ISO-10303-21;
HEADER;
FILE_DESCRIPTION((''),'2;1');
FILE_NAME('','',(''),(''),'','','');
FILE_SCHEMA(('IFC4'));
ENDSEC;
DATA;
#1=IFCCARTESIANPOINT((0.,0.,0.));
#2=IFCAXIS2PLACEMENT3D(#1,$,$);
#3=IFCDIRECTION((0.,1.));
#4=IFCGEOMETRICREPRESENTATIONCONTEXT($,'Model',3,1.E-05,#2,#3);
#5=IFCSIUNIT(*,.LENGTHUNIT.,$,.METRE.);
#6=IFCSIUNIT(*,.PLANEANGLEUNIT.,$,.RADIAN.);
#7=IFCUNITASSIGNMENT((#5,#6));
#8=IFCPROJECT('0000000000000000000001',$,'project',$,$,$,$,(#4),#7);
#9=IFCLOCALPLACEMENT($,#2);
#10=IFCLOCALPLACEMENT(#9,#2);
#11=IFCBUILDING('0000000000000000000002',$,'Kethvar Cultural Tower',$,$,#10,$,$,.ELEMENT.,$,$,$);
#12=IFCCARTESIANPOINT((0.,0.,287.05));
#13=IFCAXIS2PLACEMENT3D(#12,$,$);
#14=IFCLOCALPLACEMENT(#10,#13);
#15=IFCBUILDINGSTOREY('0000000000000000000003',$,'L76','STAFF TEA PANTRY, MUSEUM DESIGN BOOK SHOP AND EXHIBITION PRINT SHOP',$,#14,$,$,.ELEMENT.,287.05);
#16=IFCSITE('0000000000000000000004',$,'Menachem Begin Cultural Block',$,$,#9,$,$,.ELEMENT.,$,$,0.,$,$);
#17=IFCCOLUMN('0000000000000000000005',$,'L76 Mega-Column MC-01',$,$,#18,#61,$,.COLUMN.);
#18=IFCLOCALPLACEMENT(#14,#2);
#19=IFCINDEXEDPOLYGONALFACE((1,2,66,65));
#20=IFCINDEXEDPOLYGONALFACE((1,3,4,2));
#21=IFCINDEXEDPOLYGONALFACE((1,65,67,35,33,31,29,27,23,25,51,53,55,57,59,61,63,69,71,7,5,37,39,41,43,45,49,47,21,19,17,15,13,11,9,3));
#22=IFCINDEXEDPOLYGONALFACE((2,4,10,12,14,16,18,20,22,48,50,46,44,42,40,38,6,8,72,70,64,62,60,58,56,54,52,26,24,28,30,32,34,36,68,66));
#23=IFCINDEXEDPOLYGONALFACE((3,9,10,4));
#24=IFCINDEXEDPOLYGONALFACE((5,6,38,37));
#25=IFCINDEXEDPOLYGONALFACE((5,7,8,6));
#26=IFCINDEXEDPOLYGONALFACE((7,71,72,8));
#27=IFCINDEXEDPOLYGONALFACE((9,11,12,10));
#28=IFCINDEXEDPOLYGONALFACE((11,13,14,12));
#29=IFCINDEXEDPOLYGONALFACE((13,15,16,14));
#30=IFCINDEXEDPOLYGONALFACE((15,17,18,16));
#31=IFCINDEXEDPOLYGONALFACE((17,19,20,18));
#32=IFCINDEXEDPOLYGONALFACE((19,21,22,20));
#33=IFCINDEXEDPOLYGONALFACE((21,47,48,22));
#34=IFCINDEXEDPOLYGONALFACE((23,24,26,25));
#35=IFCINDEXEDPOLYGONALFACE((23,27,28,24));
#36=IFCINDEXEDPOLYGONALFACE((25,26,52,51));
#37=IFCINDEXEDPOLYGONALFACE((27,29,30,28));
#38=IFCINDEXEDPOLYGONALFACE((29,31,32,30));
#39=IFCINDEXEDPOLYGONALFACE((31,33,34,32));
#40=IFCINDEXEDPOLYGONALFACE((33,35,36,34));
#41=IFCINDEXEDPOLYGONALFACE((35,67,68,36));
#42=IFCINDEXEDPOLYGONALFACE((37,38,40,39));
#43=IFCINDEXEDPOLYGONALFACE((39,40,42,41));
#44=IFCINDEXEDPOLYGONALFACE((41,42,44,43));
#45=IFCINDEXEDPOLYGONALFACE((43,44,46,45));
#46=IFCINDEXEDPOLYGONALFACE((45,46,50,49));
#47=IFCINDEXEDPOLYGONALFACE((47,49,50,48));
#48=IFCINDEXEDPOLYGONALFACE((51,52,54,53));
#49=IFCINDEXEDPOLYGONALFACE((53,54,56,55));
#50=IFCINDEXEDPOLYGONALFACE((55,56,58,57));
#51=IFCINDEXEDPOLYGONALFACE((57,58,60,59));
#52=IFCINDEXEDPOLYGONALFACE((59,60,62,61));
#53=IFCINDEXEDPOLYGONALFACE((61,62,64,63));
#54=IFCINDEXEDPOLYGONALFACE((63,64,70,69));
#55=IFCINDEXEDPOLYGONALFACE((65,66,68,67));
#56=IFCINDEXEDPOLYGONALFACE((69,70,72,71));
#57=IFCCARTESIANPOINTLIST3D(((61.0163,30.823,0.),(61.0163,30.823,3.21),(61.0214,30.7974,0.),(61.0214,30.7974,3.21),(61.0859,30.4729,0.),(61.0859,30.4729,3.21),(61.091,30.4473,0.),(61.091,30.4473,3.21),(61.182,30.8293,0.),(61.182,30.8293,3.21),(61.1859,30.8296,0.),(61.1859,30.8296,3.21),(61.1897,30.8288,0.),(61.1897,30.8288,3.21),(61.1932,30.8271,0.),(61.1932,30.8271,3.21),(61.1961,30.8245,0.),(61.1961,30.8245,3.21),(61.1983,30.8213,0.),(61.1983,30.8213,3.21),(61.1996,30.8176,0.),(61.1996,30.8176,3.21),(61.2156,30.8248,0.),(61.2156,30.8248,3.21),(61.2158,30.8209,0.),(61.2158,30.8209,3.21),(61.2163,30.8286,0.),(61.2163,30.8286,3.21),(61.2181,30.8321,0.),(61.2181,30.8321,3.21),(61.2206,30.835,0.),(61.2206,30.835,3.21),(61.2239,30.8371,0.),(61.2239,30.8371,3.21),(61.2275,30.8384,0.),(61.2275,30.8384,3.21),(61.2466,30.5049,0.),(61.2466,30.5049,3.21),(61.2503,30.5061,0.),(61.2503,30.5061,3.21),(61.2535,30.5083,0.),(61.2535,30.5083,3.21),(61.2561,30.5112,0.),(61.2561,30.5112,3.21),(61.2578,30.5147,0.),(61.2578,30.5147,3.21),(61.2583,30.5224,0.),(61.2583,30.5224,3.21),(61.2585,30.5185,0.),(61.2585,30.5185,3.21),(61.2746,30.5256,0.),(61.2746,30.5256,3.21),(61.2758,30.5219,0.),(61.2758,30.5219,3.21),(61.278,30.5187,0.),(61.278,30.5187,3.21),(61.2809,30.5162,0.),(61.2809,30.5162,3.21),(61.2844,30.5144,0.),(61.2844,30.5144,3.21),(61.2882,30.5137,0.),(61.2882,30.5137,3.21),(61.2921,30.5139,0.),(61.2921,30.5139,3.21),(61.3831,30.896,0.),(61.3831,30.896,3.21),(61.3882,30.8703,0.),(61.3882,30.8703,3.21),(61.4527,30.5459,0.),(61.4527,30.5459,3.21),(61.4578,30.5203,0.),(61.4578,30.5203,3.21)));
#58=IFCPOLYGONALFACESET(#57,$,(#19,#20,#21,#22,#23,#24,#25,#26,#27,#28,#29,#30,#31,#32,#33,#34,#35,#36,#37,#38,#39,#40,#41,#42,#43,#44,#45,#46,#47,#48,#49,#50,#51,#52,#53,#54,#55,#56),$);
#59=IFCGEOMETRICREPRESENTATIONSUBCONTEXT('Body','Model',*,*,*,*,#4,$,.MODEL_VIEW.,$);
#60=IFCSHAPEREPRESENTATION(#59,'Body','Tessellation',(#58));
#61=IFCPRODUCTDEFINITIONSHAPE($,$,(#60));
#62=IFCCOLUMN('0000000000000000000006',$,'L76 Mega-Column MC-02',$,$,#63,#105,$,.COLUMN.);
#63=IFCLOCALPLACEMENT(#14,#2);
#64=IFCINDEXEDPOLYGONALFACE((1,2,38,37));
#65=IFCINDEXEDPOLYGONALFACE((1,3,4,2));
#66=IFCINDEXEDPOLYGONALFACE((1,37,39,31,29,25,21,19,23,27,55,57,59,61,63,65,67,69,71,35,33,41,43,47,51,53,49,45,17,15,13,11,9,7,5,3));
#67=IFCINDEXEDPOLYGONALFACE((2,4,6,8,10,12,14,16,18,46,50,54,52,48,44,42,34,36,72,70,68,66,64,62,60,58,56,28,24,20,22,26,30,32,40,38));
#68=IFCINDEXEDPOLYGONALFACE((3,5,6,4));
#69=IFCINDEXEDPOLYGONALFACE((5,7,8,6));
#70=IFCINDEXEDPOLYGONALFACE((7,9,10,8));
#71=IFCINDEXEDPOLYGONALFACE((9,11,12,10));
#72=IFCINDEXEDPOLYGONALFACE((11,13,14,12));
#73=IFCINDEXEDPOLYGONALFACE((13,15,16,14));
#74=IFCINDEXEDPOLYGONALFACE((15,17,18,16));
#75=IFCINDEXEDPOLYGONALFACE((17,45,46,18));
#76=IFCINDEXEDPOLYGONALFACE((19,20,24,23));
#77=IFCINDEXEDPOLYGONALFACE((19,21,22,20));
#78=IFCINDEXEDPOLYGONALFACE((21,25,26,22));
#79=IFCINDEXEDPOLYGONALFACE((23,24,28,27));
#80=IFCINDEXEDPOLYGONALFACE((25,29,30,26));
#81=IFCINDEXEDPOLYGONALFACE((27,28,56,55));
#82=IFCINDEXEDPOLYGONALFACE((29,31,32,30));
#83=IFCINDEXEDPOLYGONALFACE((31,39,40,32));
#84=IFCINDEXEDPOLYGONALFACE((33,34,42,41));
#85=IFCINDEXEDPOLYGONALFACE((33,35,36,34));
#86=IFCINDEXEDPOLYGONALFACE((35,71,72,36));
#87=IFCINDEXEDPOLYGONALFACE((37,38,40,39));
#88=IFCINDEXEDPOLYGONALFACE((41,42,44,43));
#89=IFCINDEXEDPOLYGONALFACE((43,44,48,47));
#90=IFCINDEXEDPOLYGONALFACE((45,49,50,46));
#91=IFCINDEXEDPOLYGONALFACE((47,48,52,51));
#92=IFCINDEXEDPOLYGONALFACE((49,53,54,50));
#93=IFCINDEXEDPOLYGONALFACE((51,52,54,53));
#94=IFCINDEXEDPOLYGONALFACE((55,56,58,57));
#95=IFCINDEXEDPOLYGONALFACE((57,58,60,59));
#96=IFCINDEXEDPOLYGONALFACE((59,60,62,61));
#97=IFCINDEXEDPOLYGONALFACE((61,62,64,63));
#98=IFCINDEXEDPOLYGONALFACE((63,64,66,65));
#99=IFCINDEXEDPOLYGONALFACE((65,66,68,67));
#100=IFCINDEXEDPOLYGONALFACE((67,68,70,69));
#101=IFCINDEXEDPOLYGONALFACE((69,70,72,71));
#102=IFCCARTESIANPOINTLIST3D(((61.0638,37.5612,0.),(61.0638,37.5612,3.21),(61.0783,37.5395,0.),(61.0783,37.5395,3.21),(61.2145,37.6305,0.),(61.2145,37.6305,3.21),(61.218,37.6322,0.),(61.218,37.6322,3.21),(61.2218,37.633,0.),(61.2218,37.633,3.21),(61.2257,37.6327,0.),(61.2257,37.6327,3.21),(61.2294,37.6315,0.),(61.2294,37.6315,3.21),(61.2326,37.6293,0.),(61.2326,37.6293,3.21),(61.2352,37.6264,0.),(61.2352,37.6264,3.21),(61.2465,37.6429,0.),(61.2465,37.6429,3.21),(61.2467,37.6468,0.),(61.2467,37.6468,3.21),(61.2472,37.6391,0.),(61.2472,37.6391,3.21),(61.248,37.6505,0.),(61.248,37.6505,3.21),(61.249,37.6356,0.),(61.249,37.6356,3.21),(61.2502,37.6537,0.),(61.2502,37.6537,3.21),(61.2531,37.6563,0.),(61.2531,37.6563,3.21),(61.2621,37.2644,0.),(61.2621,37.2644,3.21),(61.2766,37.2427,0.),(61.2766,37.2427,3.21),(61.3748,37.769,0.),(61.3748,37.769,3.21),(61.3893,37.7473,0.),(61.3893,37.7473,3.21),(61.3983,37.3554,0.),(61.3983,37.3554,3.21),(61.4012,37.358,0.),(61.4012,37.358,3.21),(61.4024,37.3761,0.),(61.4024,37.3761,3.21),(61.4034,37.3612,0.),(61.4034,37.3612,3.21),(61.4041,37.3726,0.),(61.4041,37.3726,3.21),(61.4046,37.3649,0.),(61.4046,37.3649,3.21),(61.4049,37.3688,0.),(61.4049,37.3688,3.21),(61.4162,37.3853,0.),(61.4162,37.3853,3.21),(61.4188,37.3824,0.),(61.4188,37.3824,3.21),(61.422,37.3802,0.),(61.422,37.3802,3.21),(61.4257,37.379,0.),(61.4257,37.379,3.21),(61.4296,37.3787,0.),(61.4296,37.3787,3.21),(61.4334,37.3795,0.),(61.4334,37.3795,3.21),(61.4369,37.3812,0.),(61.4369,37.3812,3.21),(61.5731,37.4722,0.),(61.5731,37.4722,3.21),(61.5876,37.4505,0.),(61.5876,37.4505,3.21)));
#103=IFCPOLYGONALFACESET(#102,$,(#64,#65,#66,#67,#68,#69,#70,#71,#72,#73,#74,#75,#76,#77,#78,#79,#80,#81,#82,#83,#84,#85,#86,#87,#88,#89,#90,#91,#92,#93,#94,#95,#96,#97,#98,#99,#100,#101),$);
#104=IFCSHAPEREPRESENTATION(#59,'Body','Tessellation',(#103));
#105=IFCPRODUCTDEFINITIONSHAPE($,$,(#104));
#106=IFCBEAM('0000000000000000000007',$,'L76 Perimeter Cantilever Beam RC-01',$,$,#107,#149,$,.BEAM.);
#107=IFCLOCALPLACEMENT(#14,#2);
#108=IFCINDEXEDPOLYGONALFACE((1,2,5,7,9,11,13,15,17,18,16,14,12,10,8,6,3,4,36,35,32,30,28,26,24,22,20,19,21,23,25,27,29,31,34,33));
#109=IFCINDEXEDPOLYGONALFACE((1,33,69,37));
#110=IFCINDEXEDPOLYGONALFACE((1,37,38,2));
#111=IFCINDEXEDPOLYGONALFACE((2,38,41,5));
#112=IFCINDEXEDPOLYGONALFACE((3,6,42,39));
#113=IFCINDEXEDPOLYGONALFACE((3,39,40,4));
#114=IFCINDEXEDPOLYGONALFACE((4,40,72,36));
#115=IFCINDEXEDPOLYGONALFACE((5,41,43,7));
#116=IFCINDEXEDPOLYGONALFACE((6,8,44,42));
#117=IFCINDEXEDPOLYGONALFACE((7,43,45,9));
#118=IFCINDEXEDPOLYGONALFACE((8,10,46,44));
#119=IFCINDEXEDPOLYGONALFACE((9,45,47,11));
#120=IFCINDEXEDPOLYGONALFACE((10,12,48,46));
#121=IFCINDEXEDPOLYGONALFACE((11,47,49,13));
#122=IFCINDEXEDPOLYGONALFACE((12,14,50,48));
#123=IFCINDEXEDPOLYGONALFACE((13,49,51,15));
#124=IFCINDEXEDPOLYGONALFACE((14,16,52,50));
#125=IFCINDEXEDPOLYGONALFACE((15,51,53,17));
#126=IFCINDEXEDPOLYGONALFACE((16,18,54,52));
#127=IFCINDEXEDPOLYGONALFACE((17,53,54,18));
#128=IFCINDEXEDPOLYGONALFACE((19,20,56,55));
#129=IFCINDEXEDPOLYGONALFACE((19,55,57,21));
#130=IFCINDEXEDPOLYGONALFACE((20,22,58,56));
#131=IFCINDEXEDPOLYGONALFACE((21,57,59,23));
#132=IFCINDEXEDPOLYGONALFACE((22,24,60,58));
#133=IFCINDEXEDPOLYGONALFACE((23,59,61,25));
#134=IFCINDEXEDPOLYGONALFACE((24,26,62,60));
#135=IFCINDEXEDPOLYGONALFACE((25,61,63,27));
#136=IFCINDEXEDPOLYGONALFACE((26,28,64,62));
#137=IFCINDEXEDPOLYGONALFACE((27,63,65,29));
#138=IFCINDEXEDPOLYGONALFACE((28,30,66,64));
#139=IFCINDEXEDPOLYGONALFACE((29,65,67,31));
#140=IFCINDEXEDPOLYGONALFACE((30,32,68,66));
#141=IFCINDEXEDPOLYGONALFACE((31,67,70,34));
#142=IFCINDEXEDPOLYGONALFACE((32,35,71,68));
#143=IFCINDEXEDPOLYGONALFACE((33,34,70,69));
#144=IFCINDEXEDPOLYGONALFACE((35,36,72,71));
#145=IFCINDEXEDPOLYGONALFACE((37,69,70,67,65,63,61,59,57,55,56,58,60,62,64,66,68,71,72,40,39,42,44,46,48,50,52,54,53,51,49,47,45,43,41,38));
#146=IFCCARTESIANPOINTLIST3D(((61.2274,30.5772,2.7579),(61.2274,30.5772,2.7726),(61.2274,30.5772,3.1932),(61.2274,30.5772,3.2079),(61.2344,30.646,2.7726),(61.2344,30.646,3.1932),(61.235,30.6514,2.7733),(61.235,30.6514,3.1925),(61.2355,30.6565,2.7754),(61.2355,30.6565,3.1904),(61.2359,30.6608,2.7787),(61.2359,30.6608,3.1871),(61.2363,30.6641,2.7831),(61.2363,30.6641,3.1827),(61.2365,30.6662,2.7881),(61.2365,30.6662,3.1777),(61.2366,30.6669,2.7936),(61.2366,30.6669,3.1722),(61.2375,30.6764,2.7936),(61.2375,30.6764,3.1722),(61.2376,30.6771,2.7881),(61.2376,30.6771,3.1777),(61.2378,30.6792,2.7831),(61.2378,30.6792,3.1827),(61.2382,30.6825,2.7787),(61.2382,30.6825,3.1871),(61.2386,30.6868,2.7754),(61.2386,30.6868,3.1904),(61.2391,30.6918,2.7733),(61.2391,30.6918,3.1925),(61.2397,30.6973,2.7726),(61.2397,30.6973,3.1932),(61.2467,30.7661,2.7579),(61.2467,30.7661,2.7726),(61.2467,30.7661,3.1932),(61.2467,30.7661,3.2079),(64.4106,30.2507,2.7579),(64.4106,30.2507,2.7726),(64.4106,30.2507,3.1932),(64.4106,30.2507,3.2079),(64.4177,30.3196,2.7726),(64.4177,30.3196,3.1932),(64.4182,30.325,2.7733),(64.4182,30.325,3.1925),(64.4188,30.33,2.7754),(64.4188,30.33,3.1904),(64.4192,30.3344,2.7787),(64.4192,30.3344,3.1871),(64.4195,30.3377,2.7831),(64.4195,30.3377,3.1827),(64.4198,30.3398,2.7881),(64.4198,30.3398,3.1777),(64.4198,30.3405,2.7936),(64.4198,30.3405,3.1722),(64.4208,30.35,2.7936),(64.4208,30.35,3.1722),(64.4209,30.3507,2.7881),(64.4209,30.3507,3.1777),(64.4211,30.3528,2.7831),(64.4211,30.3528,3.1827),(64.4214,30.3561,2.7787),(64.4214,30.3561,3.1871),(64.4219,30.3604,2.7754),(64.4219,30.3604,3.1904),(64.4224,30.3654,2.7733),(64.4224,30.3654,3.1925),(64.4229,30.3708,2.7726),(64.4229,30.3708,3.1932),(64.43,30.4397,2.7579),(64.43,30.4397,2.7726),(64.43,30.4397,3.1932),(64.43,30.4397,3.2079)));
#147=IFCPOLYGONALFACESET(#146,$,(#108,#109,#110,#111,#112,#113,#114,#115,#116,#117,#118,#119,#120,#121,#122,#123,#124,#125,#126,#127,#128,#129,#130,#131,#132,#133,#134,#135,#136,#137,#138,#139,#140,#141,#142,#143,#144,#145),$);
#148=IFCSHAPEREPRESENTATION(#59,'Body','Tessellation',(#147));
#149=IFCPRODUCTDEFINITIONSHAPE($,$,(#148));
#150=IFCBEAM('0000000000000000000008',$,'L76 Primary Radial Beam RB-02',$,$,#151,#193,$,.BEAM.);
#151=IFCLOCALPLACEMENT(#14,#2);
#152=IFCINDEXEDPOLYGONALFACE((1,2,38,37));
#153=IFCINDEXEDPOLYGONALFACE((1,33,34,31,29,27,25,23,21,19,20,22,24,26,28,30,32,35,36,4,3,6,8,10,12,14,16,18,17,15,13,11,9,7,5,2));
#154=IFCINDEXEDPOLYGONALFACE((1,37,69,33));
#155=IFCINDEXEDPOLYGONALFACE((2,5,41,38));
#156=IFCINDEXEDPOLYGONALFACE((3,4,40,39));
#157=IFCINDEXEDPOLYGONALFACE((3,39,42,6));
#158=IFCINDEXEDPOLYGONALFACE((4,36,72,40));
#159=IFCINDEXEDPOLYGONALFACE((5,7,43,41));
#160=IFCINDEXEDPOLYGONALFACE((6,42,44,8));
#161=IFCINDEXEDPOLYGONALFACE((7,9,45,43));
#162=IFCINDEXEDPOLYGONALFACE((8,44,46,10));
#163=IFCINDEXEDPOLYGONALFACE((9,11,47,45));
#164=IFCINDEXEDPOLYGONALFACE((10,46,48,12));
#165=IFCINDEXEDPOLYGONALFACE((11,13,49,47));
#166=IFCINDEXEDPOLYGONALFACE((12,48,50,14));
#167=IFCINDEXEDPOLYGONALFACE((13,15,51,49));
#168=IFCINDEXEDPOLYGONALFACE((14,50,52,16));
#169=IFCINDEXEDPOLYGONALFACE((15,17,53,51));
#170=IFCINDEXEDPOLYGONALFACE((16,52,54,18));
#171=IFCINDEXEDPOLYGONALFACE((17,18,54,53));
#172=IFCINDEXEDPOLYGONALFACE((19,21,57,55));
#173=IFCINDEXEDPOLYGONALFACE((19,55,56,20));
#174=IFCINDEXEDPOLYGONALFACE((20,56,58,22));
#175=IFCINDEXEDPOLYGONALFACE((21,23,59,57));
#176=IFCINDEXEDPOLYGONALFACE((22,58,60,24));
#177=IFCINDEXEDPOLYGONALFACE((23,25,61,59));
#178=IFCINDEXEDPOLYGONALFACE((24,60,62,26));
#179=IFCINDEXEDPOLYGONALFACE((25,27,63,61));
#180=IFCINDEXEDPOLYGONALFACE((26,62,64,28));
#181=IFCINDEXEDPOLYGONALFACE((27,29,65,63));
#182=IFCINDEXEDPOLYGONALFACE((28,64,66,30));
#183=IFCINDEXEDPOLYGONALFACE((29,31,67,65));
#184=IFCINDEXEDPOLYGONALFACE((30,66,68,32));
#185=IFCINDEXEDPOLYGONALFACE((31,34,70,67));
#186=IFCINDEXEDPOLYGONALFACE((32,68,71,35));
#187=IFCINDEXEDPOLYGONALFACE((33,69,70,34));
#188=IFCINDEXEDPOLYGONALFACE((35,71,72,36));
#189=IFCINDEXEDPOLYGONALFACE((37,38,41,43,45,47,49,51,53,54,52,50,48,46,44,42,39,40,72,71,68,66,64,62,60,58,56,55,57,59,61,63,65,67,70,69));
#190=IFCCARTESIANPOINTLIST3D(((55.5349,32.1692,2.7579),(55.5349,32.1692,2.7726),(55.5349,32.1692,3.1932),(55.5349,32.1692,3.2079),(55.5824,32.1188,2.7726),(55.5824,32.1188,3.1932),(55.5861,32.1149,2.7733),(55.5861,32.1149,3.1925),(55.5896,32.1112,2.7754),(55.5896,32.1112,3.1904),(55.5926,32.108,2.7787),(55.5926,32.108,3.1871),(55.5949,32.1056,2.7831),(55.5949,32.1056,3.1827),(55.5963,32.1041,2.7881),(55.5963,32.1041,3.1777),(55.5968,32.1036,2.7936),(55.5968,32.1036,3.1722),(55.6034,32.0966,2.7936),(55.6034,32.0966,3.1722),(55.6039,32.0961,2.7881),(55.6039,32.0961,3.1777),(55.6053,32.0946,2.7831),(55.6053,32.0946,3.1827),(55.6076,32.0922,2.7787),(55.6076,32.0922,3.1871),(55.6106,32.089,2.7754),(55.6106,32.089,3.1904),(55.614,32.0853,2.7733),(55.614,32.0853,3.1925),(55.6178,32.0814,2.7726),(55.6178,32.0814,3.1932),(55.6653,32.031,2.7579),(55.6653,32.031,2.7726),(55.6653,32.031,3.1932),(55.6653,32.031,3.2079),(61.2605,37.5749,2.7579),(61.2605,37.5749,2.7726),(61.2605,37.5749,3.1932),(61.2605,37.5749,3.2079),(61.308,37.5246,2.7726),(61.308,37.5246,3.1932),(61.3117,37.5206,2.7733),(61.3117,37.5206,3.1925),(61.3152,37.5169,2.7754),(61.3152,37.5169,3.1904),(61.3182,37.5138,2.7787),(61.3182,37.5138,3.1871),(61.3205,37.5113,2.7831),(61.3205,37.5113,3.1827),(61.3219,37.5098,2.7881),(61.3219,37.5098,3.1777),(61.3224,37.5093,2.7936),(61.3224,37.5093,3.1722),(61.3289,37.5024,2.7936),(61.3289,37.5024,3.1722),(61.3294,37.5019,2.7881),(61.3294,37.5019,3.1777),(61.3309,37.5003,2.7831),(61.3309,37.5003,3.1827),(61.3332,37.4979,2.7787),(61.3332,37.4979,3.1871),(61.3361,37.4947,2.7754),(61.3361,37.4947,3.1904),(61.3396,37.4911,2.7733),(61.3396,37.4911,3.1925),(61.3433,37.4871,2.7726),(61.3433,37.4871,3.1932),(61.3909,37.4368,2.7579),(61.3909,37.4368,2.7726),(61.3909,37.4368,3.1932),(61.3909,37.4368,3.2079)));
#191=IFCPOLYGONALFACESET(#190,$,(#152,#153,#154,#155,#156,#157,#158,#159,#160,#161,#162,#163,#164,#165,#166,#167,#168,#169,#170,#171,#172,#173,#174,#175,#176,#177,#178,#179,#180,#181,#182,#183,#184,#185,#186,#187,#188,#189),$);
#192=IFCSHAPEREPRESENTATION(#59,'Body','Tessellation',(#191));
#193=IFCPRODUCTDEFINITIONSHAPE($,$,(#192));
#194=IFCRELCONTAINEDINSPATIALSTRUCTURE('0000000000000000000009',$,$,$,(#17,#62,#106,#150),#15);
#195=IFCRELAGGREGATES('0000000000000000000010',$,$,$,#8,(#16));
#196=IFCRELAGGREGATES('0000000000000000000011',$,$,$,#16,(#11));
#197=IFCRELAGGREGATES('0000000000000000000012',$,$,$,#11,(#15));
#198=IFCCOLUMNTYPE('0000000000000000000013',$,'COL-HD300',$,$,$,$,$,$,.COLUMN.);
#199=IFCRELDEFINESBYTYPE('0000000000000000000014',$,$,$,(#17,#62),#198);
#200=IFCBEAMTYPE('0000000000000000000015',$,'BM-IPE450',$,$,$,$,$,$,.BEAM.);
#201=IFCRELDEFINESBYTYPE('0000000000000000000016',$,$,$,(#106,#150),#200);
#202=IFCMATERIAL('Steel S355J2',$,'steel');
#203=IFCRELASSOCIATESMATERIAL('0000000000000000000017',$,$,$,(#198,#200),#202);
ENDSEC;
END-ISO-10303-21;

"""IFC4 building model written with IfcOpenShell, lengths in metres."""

from ifc_helpers import new_model, si_unit, direction, frame, origin, origin_2d, place, context, subcontext, project, spatial, i_section, extrude, source, transform, mapped, material, material_profile, profile_set, type_object, element, save


model = new_model("IFC4")

# Units and contexts
model_context = context("Model", 3, precision=1e-05, world=origin(), true_north=direction((0.0, 1.0)))
body_context = subcontext(model_context, "Body", "Model", "MODEL_VIEW")
ifc_project = project(units=[si_unit("LENGTHUNIT", "METRE"), si_unit("PLANEANGLEUNIT", "RADIAN")], contexts=[model_context])

# Site, building, storey
site_placement = place(None, origin())
site = spatial("IfcSite", under=ifc_project, at=site_placement, Name="Menachem Begin Cultural Block", CompositionType="ELEMENT", RefElevation=0.0)
building_placement = place(site_placement, origin())
building = spatial("IfcBuilding", under=site, at=building_placement, Name="Kethvar Cultural Tower", CompositionType="ELEMENT")
storey_placement = place(building_placement, frame((0.0, 0.0, 287.05)))
storey = spatial("IfcBuildingStorey", under=building, at=storey_placement, Name="L76", Description="STAFF TEA PANTRY, MUSEUM DESIGN BOOK SHOP AND EXHIBITION PRINT SHOP", CompositionType="ELEMENT", Elevation=287.05)

# Columns
ifc_material_1 = material(Name="Steel S355J2", Category="steel")
ifc_material_profile_1 = material_profile(ifc_material_1, i_section(OverallWidth=0.374, OverallDepth=0.3831, WebThickness=0.0166, FlangeThickness=0.0261, FilletRadius=0.0149, at=origin_2d()), Name="Steel S355J2 — HD360x300")
ifc_profile_set_1 = profile_set([ifc_material_profile_1], Name="Steel S355J2 — HD360x300")
column_type = type_object("IfcColumnType", Name="COL-HD300", PredefinedType="COLUMN", material=ifc_profile_set_1)
shared_shape_1 = source(origin(), body_context, "Body", "SweptSolid", [
    extrude(i_section(OverallWidth=0.374, OverallDepth=0.3831, WebThickness=0.0166, FlangeThickness=0.0261, FilletRadius=0.0149, at=origin_2d()), origin(), (0.0, 0.0, 1.0), 3.21),
])
for number, where, z_axis, x_axis, name in (
    (1, (61.2371, 30.6716, 0.0), (0.0, 0.0, 1.0), (0.980785, 0.19509, 0.0), "L76 Mega-Column MC-01"),
    (2, (61.3257, 37.5059, 0.0), (0.0, 0.0, 1.0), (0.83147, 0.55557, 0.0), "L76 Mega-Column MC-02"),
):
    element("IfcColumn", number, at=place(storey_placement, frame(where, z_axis=z_axis, x_axis=x_axis)), inside=storey, type_object=column_type, Name=name, PredefinedType="COLUMN", context=body_context, shape_type="MappedRepresentation", body=[
        mapped(shared_shape_1, transform((0.0, 0.0, 0.0), scale=1.0)),
    ])

# Beams
ifc_material_profile_2 = material_profile(ifc_material_1, i_section(OverallWidth=0.1899, OverallDepth=0.45, WebThickness=0.0095, FlangeThickness=0.0146, FilletRadius=0.021, at=origin_2d()), Name="Steel S355J2 — IPE450")
ifc_profile_set_2 = profile_set([ifc_material_profile_2], Name="Steel S355J2 — IPE450")
beam_type_1 = type_object("IfcBeamType", Name="BM-IPE450", PredefinedType="BEAM", material=ifc_profile_set_2)
shared_shape_2 = source(origin(), body_context, "Body", "SweptSolid", [
    extrude(i_section(OverallWidth=0.1899, OverallDepth=0.45, WebThickness=0.0095, FlangeThickness=0.0146, FilletRadius=0.021, at=origin_2d()), origin(), (0.0, 0.0, 1.0), 3.2),
])
beam_1_placement = place(storey_placement, frame((61.2371, 30.6716, 2.9829), z_axis=(0.994784, -0.102004, 0.0), x_axis=(0.102004, 0.994784, 0.0)))
element("IfcBeam", 3, at=beam_1_placement, inside=storey, type_object=beam_type_1, Name="L76 Perimeter Cantilever Beam RC-01", PredefinedType="BEAM", context=body_context, shape_type="MappedRepresentation", body=[
    mapped(shared_shape_2, transform((0.0, 0.0, 0.0), scale=1.0)),
])
shared_shape_3 = source(origin(), body_context, "Body", "SweptSolid", [
    extrude(i_section(OverallWidth=0.1899, OverallDepth=0.45, WebThickness=0.0095, FlangeThickness=0.0146, FilletRadius=0.021, at=origin_2d()), origin(), (0.0, 0.0, 1.0), 7.8743),
])
beam_2_placement = place(storey_placement, frame((55.6001, 32.1001, 2.9829), z_axis=(0.727123, 0.686507, 0.0), x_axis=(-0.686507, 0.727123, 0.0)))
element("IfcBeam", 4, at=beam_2_placement, inside=storey, type_object=beam_type_1, Name="L76 Primary Radial Beam RB-02", PredefinedType="BEAM", context=body_context, shape_type="MappedRepresentation", body=[
    mapped(shared_shape_3, transform((0.0, 0.0, 0.0), scale=1.0)),
])

save(model, "model.ifc")
